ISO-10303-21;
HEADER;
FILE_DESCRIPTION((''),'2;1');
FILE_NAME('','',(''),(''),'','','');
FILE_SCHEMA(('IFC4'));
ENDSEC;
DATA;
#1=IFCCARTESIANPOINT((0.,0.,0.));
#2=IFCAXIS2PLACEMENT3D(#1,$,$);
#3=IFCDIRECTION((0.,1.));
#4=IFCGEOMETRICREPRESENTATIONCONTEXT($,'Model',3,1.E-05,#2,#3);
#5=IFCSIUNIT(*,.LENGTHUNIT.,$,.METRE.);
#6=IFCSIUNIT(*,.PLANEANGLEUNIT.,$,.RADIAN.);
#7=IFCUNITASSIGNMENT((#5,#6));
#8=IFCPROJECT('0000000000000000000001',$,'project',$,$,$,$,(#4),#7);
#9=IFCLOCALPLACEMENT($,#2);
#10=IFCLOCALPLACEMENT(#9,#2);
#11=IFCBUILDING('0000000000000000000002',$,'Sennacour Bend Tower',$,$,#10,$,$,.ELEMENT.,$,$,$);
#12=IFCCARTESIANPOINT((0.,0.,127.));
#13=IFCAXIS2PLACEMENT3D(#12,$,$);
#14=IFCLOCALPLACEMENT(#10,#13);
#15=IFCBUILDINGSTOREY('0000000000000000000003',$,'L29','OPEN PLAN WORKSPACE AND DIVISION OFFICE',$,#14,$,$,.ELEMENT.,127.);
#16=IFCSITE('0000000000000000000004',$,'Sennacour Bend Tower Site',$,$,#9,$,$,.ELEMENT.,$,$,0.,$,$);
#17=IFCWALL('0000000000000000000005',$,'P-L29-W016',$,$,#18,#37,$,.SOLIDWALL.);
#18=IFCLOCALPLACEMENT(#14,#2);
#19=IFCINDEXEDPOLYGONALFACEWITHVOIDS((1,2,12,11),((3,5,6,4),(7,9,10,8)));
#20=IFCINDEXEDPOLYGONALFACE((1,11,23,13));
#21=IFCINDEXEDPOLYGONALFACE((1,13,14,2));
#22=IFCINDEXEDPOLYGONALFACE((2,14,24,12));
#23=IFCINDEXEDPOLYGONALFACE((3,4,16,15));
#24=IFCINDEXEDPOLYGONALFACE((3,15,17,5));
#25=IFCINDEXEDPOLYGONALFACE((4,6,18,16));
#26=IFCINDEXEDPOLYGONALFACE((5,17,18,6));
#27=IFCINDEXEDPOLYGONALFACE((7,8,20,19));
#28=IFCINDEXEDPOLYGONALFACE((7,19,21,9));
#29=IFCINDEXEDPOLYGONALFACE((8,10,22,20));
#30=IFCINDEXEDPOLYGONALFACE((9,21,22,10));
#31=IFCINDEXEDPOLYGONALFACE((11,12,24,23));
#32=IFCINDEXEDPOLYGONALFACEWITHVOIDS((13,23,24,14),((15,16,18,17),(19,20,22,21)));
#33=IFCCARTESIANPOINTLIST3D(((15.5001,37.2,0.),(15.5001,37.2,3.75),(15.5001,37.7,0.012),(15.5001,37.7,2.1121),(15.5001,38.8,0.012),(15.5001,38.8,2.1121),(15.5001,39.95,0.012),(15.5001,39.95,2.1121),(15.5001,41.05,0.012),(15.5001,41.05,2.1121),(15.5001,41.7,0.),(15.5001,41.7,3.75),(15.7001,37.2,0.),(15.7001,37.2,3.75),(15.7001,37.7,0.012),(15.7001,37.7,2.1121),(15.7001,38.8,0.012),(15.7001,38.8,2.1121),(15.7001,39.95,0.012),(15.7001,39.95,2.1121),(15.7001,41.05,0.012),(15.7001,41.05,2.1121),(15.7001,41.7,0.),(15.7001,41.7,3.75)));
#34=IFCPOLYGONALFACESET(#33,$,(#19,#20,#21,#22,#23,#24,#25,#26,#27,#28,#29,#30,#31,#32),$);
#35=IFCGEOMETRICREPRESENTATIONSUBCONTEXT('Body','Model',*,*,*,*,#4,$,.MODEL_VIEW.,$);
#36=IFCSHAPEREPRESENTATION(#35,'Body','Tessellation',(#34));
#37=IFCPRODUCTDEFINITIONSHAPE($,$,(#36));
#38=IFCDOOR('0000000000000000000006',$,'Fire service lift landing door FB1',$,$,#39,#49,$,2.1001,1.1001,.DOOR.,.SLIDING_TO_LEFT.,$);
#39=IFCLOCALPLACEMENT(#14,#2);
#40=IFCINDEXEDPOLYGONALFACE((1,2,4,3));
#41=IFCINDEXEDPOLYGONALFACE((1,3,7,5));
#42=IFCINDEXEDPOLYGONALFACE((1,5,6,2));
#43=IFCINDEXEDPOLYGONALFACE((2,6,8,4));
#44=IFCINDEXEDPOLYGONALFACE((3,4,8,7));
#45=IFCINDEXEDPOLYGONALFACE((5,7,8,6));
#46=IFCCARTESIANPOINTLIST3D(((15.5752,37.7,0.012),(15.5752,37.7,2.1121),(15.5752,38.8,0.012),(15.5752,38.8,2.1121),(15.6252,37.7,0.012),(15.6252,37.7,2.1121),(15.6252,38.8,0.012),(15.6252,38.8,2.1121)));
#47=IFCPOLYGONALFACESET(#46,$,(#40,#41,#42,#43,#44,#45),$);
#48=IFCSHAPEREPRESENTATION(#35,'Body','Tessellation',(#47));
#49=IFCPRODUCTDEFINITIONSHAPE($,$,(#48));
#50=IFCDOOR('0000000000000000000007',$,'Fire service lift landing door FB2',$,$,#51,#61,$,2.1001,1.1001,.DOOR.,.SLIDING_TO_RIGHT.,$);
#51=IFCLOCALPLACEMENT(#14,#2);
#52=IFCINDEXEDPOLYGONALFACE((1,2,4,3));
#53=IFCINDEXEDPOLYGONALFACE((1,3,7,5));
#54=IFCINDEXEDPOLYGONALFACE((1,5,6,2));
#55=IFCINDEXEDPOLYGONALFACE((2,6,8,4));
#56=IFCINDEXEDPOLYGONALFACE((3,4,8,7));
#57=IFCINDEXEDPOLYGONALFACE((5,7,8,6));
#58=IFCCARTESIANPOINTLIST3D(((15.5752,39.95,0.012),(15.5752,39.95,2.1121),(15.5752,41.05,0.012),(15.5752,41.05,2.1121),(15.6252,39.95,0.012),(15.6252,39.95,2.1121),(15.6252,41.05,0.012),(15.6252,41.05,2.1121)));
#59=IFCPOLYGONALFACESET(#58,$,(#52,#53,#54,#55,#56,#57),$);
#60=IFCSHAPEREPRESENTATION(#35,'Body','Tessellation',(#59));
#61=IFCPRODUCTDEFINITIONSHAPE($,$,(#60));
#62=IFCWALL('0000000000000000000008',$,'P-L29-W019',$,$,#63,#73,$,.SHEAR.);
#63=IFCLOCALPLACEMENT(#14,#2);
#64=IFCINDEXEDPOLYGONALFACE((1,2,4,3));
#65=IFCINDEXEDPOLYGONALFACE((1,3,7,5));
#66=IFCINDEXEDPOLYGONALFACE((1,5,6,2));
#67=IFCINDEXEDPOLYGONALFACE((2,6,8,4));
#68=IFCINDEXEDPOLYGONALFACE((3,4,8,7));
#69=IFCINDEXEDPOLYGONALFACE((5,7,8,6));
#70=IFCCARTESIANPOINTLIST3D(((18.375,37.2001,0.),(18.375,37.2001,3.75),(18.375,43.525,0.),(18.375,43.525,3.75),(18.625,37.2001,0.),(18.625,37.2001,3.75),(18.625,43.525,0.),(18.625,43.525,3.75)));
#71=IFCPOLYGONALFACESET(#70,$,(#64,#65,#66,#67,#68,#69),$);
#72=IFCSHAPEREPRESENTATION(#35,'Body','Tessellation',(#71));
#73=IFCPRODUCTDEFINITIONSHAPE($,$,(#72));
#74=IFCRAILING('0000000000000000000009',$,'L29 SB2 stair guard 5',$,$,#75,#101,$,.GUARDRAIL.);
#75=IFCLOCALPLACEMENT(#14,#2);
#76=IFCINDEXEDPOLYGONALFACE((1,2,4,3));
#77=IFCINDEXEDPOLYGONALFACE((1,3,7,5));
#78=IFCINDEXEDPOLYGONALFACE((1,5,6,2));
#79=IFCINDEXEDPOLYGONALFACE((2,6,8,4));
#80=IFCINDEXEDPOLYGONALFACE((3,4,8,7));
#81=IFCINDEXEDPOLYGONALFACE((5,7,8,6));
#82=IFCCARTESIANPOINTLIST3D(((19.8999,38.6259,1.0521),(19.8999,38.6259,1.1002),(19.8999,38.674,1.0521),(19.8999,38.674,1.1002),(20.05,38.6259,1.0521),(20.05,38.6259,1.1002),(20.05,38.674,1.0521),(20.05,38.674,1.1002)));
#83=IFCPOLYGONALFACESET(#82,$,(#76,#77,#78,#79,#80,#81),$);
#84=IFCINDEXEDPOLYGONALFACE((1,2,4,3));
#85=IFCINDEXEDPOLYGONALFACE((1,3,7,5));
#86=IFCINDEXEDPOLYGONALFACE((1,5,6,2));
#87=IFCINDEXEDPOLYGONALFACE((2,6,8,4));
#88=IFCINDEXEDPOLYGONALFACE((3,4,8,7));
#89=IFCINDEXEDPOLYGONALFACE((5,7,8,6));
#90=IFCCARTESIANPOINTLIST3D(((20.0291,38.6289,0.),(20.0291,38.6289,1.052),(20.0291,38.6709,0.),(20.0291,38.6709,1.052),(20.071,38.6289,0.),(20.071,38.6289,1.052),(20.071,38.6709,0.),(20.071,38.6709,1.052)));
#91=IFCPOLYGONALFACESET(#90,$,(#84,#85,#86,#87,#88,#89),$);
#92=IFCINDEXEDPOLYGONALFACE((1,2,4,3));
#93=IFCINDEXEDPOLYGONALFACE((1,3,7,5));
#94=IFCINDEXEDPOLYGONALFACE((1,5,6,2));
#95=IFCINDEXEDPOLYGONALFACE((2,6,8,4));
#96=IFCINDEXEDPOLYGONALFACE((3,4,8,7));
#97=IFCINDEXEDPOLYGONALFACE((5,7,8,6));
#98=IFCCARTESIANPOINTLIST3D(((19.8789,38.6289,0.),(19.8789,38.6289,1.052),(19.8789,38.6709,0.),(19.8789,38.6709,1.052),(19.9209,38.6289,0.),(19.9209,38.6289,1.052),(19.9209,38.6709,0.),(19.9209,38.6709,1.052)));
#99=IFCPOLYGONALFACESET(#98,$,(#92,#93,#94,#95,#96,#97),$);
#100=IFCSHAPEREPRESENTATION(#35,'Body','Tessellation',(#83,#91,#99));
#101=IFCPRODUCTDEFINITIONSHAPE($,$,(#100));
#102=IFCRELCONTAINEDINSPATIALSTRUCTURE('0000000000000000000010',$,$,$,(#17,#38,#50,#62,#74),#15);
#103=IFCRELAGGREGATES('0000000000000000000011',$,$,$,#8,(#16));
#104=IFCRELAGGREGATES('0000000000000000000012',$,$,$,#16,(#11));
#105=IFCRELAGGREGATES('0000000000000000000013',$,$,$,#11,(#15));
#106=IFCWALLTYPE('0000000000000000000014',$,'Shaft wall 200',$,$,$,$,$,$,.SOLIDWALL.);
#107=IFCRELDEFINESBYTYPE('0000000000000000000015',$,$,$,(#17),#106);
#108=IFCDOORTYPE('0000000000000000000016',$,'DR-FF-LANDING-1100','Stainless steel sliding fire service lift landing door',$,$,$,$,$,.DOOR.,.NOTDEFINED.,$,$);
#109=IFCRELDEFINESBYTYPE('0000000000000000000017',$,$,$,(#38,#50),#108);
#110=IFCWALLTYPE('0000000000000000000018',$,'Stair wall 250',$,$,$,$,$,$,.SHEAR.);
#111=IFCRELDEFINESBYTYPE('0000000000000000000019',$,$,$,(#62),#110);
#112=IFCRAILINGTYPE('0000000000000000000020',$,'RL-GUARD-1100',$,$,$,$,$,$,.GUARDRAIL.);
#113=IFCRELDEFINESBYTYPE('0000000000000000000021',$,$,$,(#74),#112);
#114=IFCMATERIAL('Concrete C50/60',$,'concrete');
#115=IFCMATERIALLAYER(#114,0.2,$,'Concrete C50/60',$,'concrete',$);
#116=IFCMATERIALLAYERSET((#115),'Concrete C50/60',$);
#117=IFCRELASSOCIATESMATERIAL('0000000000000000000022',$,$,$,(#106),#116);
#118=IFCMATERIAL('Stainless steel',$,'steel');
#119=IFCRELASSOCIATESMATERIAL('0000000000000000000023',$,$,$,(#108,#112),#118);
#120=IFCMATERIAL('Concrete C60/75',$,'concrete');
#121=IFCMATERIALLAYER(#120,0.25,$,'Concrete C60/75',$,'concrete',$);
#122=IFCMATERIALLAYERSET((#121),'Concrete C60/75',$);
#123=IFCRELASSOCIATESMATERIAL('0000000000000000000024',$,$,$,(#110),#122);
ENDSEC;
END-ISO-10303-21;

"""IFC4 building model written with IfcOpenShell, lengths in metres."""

from ifc_helpers import new_model, si_unit, direction, frame, frame_2d, origin, origin_2d, place, context, subcontext, project, spatial, rectangle, extrude, material, layer, layer_set, type_object, element, fill, save


model = new_model("IFC4")

# Units and contexts
model_context = context("Model", 3, precision=1e-05, world=origin(), true_north=direction((0.0, 1.0)))
body_context = subcontext(model_context, "Body", "Model", "MODEL_VIEW")
ifc_project = project(units=[si_unit("LENGTHUNIT", "METRE"), si_unit("PLANEANGLEUNIT", "RADIAN")], contexts=[model_context])

# Site, building, storey
site_placement = place(None, origin())
site = spatial("IfcSite", under=ifc_project, at=site_placement, Name="Sennacour Bend Tower Site", CompositionType="ELEMENT", RefElevation=0.0)
building_placement = place(site_placement, origin())
building = spatial("IfcBuilding", under=site, at=building_placement, Name="Sennacour Bend Tower", CompositionType="ELEMENT")
storey_placement = place(building_placement, frame((0.0, 0.0, 127.0)))
storey = spatial("IfcBuildingStorey", under=building, at=storey_placement, Name="L29", Description="OPEN PLAN WORKSPACE AND DIVISION OFFICE", CompositionType="ELEMENT", Elevation=127.0)

# Wall, openings, doors
ifc_material_1 = material(Name="Concrete C50/60", Category="concrete")
ifc_layer_1 = layer(ifc_material_1, 0.2, Name="Concrete C50/60", Category="concrete")
ifc_layer_set_1 = layer_set([ifc_layer_1], Name="Concrete C50/60")
wall_type_1 = type_object("IfcWallType", Name="Shaft wall 200", PredefinedType="SOLIDWALL", material=ifc_layer_set_1)
ifc_material_2 = material(Name="Stainless steel", Category="steel")
wall_1_placement = place(storey_placement, frame((15.6001, 37.2, 0.0), z_axis=(0.0, 0.0, 1.0), x_axis=(0.0, 1.0, 0.0)))
wall_1 = element("IfcWall", 1, at=wall_1_placement, inside=storey, type_object=wall_type_1, Name="P-L29-W016", PredefinedType="SOLIDWALL", context=body_context, shape_type="SweptSolid", body=[
    extrude(rectangle(XDim=4.5, YDim=0.2, at=frame_2d((2.25, 0.0))), origin(), (0.0, 0.0, 1.0), 3.75),
])
opening_1_placement = place(wall_1_placement, frame((0.5, 0.0, 0.012)))
opening_1 = element("IfcOpeningElement", 2, at=opening_1_placement, cuts=wall_1, PredefinedType="OPENING", context=body_context, shape_type="SweptSolid", body=[
    extrude(rectangle(XDim=1.1001, YDim=2.1001, at=frame_2d((0.55, 1.05))), frame((0.0, 0.1099, 0.0), z_axis=(0.0, -1.0, 0.0), x_axis=(1.0, 0.0, 0.0)), (0.0, 0.0, 1.0), 0.22),
])
opening_2_placement = place(wall_1_placement, frame((2.75, 0.0, 0.012)))
opening_2 = element("IfcOpeningElement", 3, at=opening_2_placement, cuts=wall_1, PredefinedType="OPENING", context=body_context, shape_type="SweptSolid", body=[
    extrude(rectangle(XDim=1.1001, YDim=2.1001, at=frame_2d((0.55, 1.05))), frame((0.0, 0.1099, 0.0), z_axis=(0.0, -1.0, 0.0), x_axis=(1.0, 0.0, 0.0)), (0.0, 0.0, 1.0), 0.22),
])
door_type_1 = type_object("IfcDoorType", Name="DR-FF-LANDING-1100", Description="Stainless steel sliding fire service lift landing door", OperationType="NOTDEFINED", PredefinedType="DOOR", material=ifc_material_2)
door_1_placement = place(opening_1_placement, origin())
door_1 = element("IfcDoor", 4, at=door_1_placement, inside=storey, type_object=door_type_1, Name="Fire service lift landing door FB1", OperationType="SLIDING_TO_LEFT", OverallHeight=2.1001, OverallWidth=1.1001, PredefinedType="DOOR", context=body_context, shape_type="SweptSolid", body=[
    extrude(rectangle(XDim=1.1001, YDim=2.1001, at=frame_2d((0.55, 1.05))), frame((0.0, 0.0249, 0.0), z_axis=(0.0, -1.0, 0.0), x_axis=(1.0, 0.0, 0.0)), (0.0, 0.0, 1.0), 0.05),
])
fill(opening_1, door_1)
door_2_placement = place(opening_2_placement, origin())
door_2 = element("IfcDoor", 5, at=door_2_placement, inside=storey, type_object=door_type_1, Name="Fire service lift landing door FB2", OperationType="SLIDING_TO_RIGHT", OverallHeight=2.1001, OverallWidth=1.1001, PredefinedType="DOOR", context=body_context, shape_type="SweptSolid", body=[
    extrude(rectangle(XDim=1.1001, YDim=2.1001, at=frame_2d((0.55, 1.05))), frame((0.0, 0.0249, 0.0), z_axis=(0.0, -1.0, 0.0), x_axis=(1.0, 0.0, 0.0)), (0.0, 0.0, 1.0), 0.05),
])
fill(opening_2, door_2)

# Wall
ifc_material_3 = material(Name="Concrete C60/75", Category="concrete")
ifc_layer_2 = layer(ifc_material_3, 0.25, Name="Concrete C60/75", Category="concrete")
ifc_layer_set_2 = layer_set([ifc_layer_2], Name="Concrete C60/75")
wall_type_2 = type_object("IfcWallType", Name="Stair wall 250", PredefinedType="SHEAR", material=ifc_layer_set_2)
wall_2_placement = place(storey_placement, frame((18.5, 37.2, 0.0), z_axis=(0.0, 0.0, 1.0), x_axis=(0.0, 1.0, 0.0)))
element("IfcWall", 6, at=wall_2_placement, inside=storey, type_object=wall_type_2, Name="P-L29-W019", PredefinedType="SHEAR", context=body_context, shape_type="SweptSolid", body=[
    extrude(rectangle(XDim=6.325, YDim=0.25, at=frame_2d((3.1626, 0.0))), origin(), (0.0, 0.0, 1.0), 3.75),
])

# Railing
railing_type = type_object("IfcRailingType", Name="RL-GUARD-1100", PredefinedType="GUARDRAIL", material=ifc_material_2)
railing_placement = place(storey_placement, frame((20.05, 38.6499, 0.0)))
element("IfcRailing", 7, at=railing_placement, inside=storey, type_object=railing_type, Name="L29 SB2 stair guard 5", PredefinedType="GUARDRAIL", context=body_context, shape_type="SweptSolid", body=[
    extrude(rectangle(XDim=0.0481, YDim=0.0481, at=origin_2d()), frame((0.0, 0.0, 1.0762), z_axis=(-1.0, 0.0, 0.0), x_axis=(0.0, -1.0, 0.0)), (0.0, 0.0, 1.0), 0.1501),
    extrude(rectangle(XDim=0.042, YDim=0.042, at=origin_2d()), origin(), (0.0, 0.0, 1.0), 1.052),
    extrude(rectangle(XDim=0.042, YDim=0.042, at=origin_2d()), frame((-0.1501, 0.0, 0.0)), (0.0, 0.0, 1.0), 1.052),
])

save(model, "model.ifc")
